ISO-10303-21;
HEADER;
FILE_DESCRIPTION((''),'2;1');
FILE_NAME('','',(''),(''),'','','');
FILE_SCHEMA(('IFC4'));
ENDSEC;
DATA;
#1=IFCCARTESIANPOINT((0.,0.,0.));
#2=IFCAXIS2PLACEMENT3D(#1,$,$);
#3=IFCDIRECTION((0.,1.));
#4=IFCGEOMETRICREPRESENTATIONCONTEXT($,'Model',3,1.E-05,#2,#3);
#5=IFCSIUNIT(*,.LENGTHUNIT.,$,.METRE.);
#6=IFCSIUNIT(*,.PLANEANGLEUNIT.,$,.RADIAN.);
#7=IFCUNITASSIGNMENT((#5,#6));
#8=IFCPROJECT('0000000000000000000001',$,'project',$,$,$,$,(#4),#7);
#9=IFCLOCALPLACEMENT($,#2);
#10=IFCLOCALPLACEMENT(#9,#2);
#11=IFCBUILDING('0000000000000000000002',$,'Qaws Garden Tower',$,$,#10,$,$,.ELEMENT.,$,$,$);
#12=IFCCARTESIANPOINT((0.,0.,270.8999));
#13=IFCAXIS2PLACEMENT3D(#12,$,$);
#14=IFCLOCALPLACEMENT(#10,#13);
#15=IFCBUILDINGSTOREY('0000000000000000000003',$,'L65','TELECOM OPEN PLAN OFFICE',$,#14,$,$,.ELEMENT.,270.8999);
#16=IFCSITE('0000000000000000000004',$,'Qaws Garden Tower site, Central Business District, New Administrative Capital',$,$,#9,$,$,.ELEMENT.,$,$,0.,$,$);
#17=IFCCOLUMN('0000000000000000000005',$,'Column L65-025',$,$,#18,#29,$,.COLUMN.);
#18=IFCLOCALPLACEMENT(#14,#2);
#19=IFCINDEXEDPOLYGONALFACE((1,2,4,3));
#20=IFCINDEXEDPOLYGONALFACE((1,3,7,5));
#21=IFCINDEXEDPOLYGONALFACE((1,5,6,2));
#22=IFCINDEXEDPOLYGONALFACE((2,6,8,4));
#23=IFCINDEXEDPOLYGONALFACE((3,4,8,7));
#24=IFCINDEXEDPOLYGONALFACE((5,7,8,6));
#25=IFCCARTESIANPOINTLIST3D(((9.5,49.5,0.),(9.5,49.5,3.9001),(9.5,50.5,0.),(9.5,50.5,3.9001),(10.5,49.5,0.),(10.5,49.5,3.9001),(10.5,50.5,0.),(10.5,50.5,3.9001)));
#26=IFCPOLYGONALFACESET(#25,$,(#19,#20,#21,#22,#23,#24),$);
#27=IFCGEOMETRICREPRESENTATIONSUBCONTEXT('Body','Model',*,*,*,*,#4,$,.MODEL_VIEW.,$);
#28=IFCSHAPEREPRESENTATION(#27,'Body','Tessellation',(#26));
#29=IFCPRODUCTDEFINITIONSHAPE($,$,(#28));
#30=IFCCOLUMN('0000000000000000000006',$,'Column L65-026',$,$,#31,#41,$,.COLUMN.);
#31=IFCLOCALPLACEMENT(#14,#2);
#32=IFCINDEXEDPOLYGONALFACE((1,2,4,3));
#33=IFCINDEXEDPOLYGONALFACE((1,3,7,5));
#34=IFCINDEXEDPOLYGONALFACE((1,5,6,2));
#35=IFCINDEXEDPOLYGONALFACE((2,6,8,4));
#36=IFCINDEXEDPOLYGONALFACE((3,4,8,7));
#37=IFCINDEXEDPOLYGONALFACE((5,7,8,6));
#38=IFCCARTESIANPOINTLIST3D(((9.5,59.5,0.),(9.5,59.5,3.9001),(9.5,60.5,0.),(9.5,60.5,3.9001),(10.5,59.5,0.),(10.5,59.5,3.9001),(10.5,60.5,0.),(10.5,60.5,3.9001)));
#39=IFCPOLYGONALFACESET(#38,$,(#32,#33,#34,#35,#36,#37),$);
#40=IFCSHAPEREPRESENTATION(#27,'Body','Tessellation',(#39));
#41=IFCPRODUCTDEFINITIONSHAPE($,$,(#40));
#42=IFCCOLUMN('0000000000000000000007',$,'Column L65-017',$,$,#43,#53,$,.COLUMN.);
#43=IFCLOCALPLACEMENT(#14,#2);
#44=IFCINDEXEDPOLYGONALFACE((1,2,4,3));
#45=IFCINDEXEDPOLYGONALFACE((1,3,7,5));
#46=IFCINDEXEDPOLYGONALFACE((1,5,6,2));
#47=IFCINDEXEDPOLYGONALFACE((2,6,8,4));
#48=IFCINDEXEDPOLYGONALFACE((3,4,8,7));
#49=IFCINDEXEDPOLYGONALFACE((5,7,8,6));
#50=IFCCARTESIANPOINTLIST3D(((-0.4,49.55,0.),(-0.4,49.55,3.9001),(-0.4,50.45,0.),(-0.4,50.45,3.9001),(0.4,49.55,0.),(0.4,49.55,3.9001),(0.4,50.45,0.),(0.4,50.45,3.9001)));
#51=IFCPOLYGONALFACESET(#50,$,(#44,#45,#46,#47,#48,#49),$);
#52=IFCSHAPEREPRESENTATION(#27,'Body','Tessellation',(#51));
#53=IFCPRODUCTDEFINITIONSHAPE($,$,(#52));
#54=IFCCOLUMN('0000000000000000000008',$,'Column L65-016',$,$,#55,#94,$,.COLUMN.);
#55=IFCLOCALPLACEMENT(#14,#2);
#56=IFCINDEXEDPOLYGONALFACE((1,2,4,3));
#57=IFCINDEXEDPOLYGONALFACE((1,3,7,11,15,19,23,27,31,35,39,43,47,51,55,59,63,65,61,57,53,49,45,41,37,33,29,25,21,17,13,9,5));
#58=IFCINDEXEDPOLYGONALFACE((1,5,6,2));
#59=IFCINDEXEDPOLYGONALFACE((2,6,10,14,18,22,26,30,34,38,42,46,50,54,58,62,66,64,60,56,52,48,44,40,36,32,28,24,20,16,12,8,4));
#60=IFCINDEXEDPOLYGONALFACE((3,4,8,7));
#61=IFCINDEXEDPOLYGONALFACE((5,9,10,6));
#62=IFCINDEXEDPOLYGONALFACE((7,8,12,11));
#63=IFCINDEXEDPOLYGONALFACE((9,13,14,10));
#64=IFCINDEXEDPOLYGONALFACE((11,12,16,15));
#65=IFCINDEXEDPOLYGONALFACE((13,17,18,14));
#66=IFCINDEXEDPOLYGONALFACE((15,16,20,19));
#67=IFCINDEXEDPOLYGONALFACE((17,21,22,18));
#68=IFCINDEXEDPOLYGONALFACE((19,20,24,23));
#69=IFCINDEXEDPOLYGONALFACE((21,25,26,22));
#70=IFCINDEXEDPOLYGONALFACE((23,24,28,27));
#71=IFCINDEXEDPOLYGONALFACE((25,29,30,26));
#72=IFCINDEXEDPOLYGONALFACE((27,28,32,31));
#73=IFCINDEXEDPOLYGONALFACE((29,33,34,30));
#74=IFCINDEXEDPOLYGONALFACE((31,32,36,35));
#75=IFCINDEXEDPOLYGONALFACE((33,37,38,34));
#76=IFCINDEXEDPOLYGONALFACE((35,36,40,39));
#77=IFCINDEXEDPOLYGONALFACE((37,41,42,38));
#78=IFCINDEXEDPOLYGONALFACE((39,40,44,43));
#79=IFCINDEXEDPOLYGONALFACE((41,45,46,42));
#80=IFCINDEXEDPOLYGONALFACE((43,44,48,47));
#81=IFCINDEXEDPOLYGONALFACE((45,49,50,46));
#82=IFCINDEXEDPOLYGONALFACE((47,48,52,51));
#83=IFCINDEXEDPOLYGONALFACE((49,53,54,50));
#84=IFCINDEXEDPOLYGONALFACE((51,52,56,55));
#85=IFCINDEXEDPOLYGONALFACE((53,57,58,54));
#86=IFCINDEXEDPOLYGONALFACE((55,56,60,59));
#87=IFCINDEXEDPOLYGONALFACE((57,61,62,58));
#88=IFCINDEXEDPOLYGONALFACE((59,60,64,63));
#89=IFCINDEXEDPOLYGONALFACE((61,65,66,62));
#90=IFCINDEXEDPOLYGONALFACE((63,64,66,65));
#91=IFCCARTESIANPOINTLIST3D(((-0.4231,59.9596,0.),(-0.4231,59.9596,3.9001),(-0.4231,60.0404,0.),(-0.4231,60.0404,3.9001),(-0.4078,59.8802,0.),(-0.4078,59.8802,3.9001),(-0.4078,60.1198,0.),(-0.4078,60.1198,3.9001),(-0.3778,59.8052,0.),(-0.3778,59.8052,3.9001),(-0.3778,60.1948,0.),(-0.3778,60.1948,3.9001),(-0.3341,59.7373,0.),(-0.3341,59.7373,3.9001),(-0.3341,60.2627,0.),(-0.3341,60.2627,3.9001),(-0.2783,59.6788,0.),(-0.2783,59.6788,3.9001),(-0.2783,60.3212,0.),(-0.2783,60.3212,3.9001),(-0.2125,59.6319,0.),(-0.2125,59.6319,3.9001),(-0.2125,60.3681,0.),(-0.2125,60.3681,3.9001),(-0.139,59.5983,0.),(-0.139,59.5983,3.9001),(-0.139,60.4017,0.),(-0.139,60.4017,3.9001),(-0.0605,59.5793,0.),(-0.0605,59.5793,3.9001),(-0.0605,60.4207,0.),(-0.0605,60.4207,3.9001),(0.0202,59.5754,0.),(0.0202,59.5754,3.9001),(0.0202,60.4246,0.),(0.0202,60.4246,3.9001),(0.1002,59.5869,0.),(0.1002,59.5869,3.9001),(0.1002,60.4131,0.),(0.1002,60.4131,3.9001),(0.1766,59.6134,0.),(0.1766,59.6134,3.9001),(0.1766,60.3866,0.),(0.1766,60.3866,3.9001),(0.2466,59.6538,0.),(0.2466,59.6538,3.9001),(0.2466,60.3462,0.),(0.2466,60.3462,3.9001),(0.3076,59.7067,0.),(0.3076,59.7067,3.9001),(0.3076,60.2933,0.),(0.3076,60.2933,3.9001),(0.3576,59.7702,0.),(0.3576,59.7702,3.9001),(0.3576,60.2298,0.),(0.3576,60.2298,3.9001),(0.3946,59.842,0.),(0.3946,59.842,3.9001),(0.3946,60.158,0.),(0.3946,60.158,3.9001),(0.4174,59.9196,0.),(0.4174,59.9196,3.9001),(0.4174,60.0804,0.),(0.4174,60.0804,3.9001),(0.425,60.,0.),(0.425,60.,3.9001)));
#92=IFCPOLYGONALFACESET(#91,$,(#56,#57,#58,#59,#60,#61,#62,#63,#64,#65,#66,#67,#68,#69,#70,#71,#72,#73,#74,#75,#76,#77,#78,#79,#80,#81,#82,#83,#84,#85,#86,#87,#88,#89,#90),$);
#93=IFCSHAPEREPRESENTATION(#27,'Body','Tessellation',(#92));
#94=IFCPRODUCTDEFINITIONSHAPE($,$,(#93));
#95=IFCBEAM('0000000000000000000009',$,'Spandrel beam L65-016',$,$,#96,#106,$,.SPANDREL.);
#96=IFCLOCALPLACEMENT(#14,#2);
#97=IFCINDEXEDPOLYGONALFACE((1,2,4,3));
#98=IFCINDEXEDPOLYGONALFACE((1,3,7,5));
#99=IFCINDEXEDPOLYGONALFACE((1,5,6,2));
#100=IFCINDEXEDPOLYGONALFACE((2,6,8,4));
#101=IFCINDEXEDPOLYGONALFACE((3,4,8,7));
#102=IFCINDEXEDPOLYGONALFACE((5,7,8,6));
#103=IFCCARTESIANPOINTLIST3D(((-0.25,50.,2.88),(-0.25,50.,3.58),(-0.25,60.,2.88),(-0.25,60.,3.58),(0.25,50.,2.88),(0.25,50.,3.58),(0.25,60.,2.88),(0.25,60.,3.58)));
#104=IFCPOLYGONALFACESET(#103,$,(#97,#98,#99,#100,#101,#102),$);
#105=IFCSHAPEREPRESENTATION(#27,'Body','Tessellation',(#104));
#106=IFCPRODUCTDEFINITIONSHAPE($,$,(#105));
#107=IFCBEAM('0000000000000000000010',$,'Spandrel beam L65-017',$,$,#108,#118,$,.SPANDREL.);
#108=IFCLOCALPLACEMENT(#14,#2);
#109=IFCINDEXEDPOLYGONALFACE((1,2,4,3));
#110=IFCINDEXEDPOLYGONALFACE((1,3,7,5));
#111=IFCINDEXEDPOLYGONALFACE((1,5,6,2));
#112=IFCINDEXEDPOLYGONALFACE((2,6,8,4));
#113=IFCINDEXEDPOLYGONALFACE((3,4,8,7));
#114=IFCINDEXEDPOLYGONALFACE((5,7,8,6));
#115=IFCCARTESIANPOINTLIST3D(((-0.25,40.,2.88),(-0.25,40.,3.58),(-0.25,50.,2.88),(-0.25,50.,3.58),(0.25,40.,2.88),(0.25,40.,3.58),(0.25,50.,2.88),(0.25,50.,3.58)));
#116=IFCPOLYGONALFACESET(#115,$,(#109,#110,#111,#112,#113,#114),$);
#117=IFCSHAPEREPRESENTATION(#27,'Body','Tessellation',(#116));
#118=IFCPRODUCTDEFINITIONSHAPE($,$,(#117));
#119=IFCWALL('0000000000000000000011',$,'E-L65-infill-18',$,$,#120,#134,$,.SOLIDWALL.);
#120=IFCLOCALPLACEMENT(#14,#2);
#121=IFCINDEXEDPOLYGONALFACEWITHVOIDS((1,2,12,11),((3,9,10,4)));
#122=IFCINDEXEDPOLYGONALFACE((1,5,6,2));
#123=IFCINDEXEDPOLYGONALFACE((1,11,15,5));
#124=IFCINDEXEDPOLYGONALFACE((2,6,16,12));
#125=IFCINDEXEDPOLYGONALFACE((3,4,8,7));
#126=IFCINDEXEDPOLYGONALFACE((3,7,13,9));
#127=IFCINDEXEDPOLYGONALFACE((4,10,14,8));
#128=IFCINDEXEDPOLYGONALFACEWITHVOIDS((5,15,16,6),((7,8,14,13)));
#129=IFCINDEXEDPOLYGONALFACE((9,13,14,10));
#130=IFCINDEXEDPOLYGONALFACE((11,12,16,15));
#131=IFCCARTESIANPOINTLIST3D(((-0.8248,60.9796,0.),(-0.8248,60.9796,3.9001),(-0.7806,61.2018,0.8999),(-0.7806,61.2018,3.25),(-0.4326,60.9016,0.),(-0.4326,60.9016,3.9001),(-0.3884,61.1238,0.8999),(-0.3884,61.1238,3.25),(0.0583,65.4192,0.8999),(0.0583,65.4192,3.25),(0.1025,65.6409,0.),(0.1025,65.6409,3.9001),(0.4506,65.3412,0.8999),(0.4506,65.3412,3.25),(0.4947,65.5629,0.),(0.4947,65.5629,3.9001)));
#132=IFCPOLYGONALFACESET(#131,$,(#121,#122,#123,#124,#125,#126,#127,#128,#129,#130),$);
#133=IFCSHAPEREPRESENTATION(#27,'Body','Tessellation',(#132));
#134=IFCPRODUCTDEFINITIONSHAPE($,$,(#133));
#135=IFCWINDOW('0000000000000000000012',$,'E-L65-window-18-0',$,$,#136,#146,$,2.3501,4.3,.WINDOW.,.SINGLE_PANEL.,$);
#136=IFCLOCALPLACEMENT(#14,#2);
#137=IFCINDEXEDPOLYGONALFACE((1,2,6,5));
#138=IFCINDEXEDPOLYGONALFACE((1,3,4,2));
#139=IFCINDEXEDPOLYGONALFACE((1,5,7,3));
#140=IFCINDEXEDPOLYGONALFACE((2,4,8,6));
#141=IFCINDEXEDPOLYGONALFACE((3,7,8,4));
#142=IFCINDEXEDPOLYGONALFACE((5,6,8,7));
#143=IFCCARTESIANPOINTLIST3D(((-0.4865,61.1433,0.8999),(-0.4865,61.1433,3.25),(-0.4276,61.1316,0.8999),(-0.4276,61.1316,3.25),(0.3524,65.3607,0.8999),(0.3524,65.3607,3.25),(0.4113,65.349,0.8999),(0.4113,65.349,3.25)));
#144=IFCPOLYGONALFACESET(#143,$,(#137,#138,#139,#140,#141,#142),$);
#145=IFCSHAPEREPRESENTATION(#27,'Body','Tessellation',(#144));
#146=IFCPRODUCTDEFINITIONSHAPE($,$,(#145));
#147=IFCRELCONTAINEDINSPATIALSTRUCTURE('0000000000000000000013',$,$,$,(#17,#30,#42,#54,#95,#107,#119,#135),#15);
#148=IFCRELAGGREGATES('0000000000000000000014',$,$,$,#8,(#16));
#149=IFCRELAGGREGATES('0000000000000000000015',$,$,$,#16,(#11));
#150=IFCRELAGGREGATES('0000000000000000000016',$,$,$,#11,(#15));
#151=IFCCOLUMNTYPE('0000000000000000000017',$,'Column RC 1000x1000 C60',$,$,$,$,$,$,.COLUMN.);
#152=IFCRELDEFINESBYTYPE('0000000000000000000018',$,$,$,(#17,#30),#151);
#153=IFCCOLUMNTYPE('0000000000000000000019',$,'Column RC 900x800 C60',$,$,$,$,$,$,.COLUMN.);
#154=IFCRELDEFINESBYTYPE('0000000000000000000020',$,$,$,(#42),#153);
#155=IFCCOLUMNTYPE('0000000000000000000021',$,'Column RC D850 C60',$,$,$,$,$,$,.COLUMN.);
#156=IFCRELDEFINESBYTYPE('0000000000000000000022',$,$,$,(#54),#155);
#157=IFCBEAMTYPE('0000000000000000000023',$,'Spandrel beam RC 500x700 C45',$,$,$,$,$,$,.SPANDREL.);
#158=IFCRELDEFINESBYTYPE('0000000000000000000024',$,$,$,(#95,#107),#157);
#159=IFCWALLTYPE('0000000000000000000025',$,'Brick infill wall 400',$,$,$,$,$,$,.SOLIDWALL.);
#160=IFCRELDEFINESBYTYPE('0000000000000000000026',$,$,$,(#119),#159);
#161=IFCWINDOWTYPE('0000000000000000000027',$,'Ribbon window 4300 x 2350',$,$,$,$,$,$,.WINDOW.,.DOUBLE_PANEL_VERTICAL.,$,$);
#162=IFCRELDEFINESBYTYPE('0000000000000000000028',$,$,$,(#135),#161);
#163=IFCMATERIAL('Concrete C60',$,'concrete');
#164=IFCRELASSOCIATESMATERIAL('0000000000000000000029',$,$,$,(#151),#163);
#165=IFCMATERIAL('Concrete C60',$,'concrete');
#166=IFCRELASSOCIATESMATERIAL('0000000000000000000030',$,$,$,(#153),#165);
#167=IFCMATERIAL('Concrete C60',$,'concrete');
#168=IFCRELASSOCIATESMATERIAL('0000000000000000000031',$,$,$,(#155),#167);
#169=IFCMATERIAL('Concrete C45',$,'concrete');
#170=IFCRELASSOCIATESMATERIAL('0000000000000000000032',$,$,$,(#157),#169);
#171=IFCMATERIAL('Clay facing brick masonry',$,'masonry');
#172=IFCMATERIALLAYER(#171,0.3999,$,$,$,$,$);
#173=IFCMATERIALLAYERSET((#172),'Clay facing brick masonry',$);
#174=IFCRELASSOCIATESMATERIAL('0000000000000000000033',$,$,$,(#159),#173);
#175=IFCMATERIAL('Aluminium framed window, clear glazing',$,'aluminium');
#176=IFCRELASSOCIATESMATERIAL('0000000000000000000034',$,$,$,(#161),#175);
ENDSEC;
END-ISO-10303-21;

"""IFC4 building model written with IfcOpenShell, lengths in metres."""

from ifc_helpers import new_model, si_unit, direction, frame, frame_2d, origin, origin_2d, place, context, subcontext, project, spatial, rectangle, circle, extrude, material, layer, layer_set, material_profile, profile_set, type_object, element, fill, save


model = new_model("IFC4")

# Units and contexts
model_context = context("Model", 3, precision=1e-05, world=origin(), true_north=direction((0.0, 1.0)))
body_context = subcontext(model_context, "Body", "Model", "MODEL_VIEW")
ifc_project = project(units=[si_unit("LENGTHUNIT", "METRE"), si_unit("PLANEANGLEUNIT", "RADIAN")], contexts=[model_context])

# Site, building, storey
site_placement = place(None, origin())
site = spatial("IfcSite", under=ifc_project, at=site_placement, Name="Qaws Garden Tower site, Central Business District, New Administrative Capital", CompositionType="ELEMENT", RefElevation=0.0)
building_placement = place(site_placement, origin())
building = spatial("IfcBuilding", under=site, at=building_placement, Name="Qaws Garden Tower", CompositionType="ELEMENT")
storey_placement = place(building_placement, frame((0.0, 0.0, 270.8999)))
storey = spatial("IfcBuildingStorey", under=building, at=storey_placement, Name="L65", Description="TELECOM OPEN PLAN OFFICE", CompositionType="ELEMENT", Elevation=270.8999)

# Columns
ifc_material_1 = material(Name="Concrete C60", Category="concrete")
ifc_material_profile_1 = material_profile(ifc_material_1, rectangle(XDim=1.0, YDim=1.0, at=origin_2d()), Name="RC 1000x1000")
ifc_profile_set_1 = profile_set([ifc_material_profile_1], Name="Concrete C60")
column_type_1 = type_object("IfcColumnType", Name="Column RC 1000x1000 C60", PredefinedType="COLUMN", material=ifc_profile_set_1)
for number, where, z_axis, x_axis, name in (
    (1, (10.0, 50.0, 0.0), (0.0, 0.0, 1.0), (1.0, 0.0, 0.0), "Column L65-025"),
    (2, (10.0, 60.0, 0.0), (0.0, 0.0, 1.0), (1.0, 0.0, 0.0), "Column L65-026"),
):
    element("IfcColumn", number, at=place(storey_placement, frame(where, z_axis=z_axis, x_axis=x_axis)), inside=storey, type_object=column_type_1, Name=name, PredefinedType="COLUMN", context=body_context, shape_type="SweptSolid", body=[
        extrude(rectangle(XDim=1.0, YDim=1.0, at=origin_2d()), origin(), (0.0, 0.0, 1.0), 3.9001),
    ])
ifc_material_2 = material(Name="Concrete C60", Category="concrete")
ifc_material_profile_2 = material_profile(ifc_material_2, rectangle(XDim=0.8999, YDim=0.8, at=origin_2d()), Name="RC 900x800")
ifc_profile_set_2 = profile_set([ifc_material_profile_2], Name="Concrete C60")
column_type_2 = type_object("IfcColumnType", Name="Column RC 900x800 C60", PredefinedType="COLUMN", material=ifc_profile_set_2)
column_1_placement = place(storey_placement, frame((0.0, 50.0, 0.0), z_axis=(0.0, 0.0, 1.0), x_axis=(0.0, 1.0, 0.0)))
element("IfcColumn", 3, at=column_1_placement, inside=storey, type_object=column_type_2, Name="Column L65-017", PredefinedType="COLUMN", context=body_context, shape_type="SweptSolid", body=[
    extrude(rectangle(XDim=0.8999, YDim=0.8, at=origin_2d()), origin(), (0.0, 0.0, 1.0), 3.9001),
])
ifc_material_3 = material(Name="Concrete C60", Category="concrete")
ifc_material_profile_3 = material_profile(ifc_material_3, circle(Radius=0.425, at=origin_2d()), Name="RC D850")
ifc_profile_set_3 = profile_set([ifc_material_profile_3], Name="Concrete C60")
column_type_3 = type_object("IfcColumnType", Name="Column RC D850 C60", PredefinedType="COLUMN", material=ifc_profile_set_3)
column_2_placement = place(storey_placement, frame((0.0, 60.0, 0.0), z_axis=(0.0, 0.0, 1.0), x_axis=(1.0, 0.0, 0.0)))
element("IfcColumn", 4, at=column_2_placement, inside=storey, type_object=column_type_3, Name="Column L65-016", PredefinedType="COLUMN", context=body_context, shape_type="SweptSolid", body=[
    extrude(circle(Radius=0.425, at=origin_2d()), origin(), (0.0, 0.0, 1.0), 3.9001),
])

# Beams
ifc_material_4 = material(Name="Concrete C45", Category="concrete")
ifc_material_profile_4 = material_profile(ifc_material_4, rectangle(XDim=0.5, YDim=0.7, at=origin_2d()), Name="RC 500x700")
ifc_profile_set_4 = profile_set([ifc_material_profile_4], Name="Concrete C45")
beam_type = type_object("IfcBeamType", Name="Spandrel beam RC 500x700 C45", PredefinedType="SPANDREL", material=ifc_profile_set_4)
for number, where, z_axis, x_axis, name in (
    (5, (0.0, 60.0, 3.23), (0.0, -1.0, 0.0), (1.0, 0.0, 0.0), "Spandrel beam L65-016"),
    (6, (0.0, 50.0, 3.23), (0.0, -1.0, 0.0), (1.0, 0.0, 0.0), "Spandrel beam L65-017"),
):
    element("IfcBeam", number, at=place(storey_placement, frame(where, z_axis=z_axis, x_axis=x_axis)), inside=storey, type_object=beam_type, Name=name, PredefinedType="SPANDREL", context=body_context, shape_type="SweptSolid", body=[
        extrude(rectangle(XDim=0.5, YDim=0.7, at=origin_2d()), origin(), (0.0, 0.0, 1.0), 10.0),
    ])

# Wall, opening, window
ifc_material_5 = material(Name="Clay facing brick masonry", Category="masonry")
ifc_layer_1 = layer(ifc_material_5, 0.3999)
ifc_layer_set_1 = layer_set([ifc_layer_1], Name="Clay facing brick masonry")
wall_type_1 = type_object("IfcWallType", Name="Brick infill wall 400", PredefinedType="SOLIDWALL", material=ifc_layer_set_1)
wall_1_placement = place(storey_placement, frame((0.2986, 65.6021, 0.0), z_axis=(0.0, 0.0, 1.0), x_axis=(-0.195099, -0.980784, 0.0)))
wall_1 = element("IfcWall", 7, at=wall_1_placement, inside=storey, type_object=wall_type_1, Name="E-L65-infill-18", PredefinedType="SOLIDWALL", context=body_context, shape_type="SweptSolid", body=[
    extrude(rectangle(XDim=4.7527, YDim=0.3999, at=frame_2d((2.3765, 0.0))), origin(), (0.0, 0.0, 1.0), 3.9001),
])
opening_1_placement = place(wall_1_placement, frame((0.2263, 0.0, 0.8999)))
opening_1 = element("IfcOpeningElement", 8, at=opening_1_placement, cuts=wall_1, PredefinedType="OPENING", context=body_context, shape_type="SweptSolid", body=[
    extrude(rectangle(XDim=4.3, YDim=2.3501, at=frame_2d((2.1499, 1.175))), frame((0.0, 0.21, 0.0), z_axis=(0.0, -1.0, 0.0), x_axis=(1.0, 0.0, 0.0)), (0.0, 0.0, 1.0), 0.4199),
])
ifc_material_6 = material(Name="Aluminium framed window, clear glazing", Category="aluminium")
window_type_1 = type_object("IfcWindowType", Name="Ribbon window 4300 x 2350", PartitioningType="DOUBLE_PANEL_VERTICAL", PredefinedType="WINDOW", material=ifc_material_6)
window_1_placement = place(opening_1_placement, origin())
window_1 = element("IfcWindow", 9, at=window_1_placement, inside=storey, type_object=window_type_1, Name="E-L65-window-18-0", OverallHeight=2.3501, OverallWidth=4.3, PartitioningType="SINGLE_PANEL", PredefinedType="WINDOW", context=body_context, shape_type="SweptSolid", body=[
    extrude(rectangle(XDim=4.3, YDim=2.3501, at=frame_2d((2.1499, 1.175))), frame((0.0, 0.1599, 0.0), z_axis=(0.0, -1.0, 0.0), x_axis=(1.0, 0.0, 0.0)), (0.0, 0.0, 1.0), 0.0601),
])
fill(opening_1, window_1)

save(model, "model.ifc")
